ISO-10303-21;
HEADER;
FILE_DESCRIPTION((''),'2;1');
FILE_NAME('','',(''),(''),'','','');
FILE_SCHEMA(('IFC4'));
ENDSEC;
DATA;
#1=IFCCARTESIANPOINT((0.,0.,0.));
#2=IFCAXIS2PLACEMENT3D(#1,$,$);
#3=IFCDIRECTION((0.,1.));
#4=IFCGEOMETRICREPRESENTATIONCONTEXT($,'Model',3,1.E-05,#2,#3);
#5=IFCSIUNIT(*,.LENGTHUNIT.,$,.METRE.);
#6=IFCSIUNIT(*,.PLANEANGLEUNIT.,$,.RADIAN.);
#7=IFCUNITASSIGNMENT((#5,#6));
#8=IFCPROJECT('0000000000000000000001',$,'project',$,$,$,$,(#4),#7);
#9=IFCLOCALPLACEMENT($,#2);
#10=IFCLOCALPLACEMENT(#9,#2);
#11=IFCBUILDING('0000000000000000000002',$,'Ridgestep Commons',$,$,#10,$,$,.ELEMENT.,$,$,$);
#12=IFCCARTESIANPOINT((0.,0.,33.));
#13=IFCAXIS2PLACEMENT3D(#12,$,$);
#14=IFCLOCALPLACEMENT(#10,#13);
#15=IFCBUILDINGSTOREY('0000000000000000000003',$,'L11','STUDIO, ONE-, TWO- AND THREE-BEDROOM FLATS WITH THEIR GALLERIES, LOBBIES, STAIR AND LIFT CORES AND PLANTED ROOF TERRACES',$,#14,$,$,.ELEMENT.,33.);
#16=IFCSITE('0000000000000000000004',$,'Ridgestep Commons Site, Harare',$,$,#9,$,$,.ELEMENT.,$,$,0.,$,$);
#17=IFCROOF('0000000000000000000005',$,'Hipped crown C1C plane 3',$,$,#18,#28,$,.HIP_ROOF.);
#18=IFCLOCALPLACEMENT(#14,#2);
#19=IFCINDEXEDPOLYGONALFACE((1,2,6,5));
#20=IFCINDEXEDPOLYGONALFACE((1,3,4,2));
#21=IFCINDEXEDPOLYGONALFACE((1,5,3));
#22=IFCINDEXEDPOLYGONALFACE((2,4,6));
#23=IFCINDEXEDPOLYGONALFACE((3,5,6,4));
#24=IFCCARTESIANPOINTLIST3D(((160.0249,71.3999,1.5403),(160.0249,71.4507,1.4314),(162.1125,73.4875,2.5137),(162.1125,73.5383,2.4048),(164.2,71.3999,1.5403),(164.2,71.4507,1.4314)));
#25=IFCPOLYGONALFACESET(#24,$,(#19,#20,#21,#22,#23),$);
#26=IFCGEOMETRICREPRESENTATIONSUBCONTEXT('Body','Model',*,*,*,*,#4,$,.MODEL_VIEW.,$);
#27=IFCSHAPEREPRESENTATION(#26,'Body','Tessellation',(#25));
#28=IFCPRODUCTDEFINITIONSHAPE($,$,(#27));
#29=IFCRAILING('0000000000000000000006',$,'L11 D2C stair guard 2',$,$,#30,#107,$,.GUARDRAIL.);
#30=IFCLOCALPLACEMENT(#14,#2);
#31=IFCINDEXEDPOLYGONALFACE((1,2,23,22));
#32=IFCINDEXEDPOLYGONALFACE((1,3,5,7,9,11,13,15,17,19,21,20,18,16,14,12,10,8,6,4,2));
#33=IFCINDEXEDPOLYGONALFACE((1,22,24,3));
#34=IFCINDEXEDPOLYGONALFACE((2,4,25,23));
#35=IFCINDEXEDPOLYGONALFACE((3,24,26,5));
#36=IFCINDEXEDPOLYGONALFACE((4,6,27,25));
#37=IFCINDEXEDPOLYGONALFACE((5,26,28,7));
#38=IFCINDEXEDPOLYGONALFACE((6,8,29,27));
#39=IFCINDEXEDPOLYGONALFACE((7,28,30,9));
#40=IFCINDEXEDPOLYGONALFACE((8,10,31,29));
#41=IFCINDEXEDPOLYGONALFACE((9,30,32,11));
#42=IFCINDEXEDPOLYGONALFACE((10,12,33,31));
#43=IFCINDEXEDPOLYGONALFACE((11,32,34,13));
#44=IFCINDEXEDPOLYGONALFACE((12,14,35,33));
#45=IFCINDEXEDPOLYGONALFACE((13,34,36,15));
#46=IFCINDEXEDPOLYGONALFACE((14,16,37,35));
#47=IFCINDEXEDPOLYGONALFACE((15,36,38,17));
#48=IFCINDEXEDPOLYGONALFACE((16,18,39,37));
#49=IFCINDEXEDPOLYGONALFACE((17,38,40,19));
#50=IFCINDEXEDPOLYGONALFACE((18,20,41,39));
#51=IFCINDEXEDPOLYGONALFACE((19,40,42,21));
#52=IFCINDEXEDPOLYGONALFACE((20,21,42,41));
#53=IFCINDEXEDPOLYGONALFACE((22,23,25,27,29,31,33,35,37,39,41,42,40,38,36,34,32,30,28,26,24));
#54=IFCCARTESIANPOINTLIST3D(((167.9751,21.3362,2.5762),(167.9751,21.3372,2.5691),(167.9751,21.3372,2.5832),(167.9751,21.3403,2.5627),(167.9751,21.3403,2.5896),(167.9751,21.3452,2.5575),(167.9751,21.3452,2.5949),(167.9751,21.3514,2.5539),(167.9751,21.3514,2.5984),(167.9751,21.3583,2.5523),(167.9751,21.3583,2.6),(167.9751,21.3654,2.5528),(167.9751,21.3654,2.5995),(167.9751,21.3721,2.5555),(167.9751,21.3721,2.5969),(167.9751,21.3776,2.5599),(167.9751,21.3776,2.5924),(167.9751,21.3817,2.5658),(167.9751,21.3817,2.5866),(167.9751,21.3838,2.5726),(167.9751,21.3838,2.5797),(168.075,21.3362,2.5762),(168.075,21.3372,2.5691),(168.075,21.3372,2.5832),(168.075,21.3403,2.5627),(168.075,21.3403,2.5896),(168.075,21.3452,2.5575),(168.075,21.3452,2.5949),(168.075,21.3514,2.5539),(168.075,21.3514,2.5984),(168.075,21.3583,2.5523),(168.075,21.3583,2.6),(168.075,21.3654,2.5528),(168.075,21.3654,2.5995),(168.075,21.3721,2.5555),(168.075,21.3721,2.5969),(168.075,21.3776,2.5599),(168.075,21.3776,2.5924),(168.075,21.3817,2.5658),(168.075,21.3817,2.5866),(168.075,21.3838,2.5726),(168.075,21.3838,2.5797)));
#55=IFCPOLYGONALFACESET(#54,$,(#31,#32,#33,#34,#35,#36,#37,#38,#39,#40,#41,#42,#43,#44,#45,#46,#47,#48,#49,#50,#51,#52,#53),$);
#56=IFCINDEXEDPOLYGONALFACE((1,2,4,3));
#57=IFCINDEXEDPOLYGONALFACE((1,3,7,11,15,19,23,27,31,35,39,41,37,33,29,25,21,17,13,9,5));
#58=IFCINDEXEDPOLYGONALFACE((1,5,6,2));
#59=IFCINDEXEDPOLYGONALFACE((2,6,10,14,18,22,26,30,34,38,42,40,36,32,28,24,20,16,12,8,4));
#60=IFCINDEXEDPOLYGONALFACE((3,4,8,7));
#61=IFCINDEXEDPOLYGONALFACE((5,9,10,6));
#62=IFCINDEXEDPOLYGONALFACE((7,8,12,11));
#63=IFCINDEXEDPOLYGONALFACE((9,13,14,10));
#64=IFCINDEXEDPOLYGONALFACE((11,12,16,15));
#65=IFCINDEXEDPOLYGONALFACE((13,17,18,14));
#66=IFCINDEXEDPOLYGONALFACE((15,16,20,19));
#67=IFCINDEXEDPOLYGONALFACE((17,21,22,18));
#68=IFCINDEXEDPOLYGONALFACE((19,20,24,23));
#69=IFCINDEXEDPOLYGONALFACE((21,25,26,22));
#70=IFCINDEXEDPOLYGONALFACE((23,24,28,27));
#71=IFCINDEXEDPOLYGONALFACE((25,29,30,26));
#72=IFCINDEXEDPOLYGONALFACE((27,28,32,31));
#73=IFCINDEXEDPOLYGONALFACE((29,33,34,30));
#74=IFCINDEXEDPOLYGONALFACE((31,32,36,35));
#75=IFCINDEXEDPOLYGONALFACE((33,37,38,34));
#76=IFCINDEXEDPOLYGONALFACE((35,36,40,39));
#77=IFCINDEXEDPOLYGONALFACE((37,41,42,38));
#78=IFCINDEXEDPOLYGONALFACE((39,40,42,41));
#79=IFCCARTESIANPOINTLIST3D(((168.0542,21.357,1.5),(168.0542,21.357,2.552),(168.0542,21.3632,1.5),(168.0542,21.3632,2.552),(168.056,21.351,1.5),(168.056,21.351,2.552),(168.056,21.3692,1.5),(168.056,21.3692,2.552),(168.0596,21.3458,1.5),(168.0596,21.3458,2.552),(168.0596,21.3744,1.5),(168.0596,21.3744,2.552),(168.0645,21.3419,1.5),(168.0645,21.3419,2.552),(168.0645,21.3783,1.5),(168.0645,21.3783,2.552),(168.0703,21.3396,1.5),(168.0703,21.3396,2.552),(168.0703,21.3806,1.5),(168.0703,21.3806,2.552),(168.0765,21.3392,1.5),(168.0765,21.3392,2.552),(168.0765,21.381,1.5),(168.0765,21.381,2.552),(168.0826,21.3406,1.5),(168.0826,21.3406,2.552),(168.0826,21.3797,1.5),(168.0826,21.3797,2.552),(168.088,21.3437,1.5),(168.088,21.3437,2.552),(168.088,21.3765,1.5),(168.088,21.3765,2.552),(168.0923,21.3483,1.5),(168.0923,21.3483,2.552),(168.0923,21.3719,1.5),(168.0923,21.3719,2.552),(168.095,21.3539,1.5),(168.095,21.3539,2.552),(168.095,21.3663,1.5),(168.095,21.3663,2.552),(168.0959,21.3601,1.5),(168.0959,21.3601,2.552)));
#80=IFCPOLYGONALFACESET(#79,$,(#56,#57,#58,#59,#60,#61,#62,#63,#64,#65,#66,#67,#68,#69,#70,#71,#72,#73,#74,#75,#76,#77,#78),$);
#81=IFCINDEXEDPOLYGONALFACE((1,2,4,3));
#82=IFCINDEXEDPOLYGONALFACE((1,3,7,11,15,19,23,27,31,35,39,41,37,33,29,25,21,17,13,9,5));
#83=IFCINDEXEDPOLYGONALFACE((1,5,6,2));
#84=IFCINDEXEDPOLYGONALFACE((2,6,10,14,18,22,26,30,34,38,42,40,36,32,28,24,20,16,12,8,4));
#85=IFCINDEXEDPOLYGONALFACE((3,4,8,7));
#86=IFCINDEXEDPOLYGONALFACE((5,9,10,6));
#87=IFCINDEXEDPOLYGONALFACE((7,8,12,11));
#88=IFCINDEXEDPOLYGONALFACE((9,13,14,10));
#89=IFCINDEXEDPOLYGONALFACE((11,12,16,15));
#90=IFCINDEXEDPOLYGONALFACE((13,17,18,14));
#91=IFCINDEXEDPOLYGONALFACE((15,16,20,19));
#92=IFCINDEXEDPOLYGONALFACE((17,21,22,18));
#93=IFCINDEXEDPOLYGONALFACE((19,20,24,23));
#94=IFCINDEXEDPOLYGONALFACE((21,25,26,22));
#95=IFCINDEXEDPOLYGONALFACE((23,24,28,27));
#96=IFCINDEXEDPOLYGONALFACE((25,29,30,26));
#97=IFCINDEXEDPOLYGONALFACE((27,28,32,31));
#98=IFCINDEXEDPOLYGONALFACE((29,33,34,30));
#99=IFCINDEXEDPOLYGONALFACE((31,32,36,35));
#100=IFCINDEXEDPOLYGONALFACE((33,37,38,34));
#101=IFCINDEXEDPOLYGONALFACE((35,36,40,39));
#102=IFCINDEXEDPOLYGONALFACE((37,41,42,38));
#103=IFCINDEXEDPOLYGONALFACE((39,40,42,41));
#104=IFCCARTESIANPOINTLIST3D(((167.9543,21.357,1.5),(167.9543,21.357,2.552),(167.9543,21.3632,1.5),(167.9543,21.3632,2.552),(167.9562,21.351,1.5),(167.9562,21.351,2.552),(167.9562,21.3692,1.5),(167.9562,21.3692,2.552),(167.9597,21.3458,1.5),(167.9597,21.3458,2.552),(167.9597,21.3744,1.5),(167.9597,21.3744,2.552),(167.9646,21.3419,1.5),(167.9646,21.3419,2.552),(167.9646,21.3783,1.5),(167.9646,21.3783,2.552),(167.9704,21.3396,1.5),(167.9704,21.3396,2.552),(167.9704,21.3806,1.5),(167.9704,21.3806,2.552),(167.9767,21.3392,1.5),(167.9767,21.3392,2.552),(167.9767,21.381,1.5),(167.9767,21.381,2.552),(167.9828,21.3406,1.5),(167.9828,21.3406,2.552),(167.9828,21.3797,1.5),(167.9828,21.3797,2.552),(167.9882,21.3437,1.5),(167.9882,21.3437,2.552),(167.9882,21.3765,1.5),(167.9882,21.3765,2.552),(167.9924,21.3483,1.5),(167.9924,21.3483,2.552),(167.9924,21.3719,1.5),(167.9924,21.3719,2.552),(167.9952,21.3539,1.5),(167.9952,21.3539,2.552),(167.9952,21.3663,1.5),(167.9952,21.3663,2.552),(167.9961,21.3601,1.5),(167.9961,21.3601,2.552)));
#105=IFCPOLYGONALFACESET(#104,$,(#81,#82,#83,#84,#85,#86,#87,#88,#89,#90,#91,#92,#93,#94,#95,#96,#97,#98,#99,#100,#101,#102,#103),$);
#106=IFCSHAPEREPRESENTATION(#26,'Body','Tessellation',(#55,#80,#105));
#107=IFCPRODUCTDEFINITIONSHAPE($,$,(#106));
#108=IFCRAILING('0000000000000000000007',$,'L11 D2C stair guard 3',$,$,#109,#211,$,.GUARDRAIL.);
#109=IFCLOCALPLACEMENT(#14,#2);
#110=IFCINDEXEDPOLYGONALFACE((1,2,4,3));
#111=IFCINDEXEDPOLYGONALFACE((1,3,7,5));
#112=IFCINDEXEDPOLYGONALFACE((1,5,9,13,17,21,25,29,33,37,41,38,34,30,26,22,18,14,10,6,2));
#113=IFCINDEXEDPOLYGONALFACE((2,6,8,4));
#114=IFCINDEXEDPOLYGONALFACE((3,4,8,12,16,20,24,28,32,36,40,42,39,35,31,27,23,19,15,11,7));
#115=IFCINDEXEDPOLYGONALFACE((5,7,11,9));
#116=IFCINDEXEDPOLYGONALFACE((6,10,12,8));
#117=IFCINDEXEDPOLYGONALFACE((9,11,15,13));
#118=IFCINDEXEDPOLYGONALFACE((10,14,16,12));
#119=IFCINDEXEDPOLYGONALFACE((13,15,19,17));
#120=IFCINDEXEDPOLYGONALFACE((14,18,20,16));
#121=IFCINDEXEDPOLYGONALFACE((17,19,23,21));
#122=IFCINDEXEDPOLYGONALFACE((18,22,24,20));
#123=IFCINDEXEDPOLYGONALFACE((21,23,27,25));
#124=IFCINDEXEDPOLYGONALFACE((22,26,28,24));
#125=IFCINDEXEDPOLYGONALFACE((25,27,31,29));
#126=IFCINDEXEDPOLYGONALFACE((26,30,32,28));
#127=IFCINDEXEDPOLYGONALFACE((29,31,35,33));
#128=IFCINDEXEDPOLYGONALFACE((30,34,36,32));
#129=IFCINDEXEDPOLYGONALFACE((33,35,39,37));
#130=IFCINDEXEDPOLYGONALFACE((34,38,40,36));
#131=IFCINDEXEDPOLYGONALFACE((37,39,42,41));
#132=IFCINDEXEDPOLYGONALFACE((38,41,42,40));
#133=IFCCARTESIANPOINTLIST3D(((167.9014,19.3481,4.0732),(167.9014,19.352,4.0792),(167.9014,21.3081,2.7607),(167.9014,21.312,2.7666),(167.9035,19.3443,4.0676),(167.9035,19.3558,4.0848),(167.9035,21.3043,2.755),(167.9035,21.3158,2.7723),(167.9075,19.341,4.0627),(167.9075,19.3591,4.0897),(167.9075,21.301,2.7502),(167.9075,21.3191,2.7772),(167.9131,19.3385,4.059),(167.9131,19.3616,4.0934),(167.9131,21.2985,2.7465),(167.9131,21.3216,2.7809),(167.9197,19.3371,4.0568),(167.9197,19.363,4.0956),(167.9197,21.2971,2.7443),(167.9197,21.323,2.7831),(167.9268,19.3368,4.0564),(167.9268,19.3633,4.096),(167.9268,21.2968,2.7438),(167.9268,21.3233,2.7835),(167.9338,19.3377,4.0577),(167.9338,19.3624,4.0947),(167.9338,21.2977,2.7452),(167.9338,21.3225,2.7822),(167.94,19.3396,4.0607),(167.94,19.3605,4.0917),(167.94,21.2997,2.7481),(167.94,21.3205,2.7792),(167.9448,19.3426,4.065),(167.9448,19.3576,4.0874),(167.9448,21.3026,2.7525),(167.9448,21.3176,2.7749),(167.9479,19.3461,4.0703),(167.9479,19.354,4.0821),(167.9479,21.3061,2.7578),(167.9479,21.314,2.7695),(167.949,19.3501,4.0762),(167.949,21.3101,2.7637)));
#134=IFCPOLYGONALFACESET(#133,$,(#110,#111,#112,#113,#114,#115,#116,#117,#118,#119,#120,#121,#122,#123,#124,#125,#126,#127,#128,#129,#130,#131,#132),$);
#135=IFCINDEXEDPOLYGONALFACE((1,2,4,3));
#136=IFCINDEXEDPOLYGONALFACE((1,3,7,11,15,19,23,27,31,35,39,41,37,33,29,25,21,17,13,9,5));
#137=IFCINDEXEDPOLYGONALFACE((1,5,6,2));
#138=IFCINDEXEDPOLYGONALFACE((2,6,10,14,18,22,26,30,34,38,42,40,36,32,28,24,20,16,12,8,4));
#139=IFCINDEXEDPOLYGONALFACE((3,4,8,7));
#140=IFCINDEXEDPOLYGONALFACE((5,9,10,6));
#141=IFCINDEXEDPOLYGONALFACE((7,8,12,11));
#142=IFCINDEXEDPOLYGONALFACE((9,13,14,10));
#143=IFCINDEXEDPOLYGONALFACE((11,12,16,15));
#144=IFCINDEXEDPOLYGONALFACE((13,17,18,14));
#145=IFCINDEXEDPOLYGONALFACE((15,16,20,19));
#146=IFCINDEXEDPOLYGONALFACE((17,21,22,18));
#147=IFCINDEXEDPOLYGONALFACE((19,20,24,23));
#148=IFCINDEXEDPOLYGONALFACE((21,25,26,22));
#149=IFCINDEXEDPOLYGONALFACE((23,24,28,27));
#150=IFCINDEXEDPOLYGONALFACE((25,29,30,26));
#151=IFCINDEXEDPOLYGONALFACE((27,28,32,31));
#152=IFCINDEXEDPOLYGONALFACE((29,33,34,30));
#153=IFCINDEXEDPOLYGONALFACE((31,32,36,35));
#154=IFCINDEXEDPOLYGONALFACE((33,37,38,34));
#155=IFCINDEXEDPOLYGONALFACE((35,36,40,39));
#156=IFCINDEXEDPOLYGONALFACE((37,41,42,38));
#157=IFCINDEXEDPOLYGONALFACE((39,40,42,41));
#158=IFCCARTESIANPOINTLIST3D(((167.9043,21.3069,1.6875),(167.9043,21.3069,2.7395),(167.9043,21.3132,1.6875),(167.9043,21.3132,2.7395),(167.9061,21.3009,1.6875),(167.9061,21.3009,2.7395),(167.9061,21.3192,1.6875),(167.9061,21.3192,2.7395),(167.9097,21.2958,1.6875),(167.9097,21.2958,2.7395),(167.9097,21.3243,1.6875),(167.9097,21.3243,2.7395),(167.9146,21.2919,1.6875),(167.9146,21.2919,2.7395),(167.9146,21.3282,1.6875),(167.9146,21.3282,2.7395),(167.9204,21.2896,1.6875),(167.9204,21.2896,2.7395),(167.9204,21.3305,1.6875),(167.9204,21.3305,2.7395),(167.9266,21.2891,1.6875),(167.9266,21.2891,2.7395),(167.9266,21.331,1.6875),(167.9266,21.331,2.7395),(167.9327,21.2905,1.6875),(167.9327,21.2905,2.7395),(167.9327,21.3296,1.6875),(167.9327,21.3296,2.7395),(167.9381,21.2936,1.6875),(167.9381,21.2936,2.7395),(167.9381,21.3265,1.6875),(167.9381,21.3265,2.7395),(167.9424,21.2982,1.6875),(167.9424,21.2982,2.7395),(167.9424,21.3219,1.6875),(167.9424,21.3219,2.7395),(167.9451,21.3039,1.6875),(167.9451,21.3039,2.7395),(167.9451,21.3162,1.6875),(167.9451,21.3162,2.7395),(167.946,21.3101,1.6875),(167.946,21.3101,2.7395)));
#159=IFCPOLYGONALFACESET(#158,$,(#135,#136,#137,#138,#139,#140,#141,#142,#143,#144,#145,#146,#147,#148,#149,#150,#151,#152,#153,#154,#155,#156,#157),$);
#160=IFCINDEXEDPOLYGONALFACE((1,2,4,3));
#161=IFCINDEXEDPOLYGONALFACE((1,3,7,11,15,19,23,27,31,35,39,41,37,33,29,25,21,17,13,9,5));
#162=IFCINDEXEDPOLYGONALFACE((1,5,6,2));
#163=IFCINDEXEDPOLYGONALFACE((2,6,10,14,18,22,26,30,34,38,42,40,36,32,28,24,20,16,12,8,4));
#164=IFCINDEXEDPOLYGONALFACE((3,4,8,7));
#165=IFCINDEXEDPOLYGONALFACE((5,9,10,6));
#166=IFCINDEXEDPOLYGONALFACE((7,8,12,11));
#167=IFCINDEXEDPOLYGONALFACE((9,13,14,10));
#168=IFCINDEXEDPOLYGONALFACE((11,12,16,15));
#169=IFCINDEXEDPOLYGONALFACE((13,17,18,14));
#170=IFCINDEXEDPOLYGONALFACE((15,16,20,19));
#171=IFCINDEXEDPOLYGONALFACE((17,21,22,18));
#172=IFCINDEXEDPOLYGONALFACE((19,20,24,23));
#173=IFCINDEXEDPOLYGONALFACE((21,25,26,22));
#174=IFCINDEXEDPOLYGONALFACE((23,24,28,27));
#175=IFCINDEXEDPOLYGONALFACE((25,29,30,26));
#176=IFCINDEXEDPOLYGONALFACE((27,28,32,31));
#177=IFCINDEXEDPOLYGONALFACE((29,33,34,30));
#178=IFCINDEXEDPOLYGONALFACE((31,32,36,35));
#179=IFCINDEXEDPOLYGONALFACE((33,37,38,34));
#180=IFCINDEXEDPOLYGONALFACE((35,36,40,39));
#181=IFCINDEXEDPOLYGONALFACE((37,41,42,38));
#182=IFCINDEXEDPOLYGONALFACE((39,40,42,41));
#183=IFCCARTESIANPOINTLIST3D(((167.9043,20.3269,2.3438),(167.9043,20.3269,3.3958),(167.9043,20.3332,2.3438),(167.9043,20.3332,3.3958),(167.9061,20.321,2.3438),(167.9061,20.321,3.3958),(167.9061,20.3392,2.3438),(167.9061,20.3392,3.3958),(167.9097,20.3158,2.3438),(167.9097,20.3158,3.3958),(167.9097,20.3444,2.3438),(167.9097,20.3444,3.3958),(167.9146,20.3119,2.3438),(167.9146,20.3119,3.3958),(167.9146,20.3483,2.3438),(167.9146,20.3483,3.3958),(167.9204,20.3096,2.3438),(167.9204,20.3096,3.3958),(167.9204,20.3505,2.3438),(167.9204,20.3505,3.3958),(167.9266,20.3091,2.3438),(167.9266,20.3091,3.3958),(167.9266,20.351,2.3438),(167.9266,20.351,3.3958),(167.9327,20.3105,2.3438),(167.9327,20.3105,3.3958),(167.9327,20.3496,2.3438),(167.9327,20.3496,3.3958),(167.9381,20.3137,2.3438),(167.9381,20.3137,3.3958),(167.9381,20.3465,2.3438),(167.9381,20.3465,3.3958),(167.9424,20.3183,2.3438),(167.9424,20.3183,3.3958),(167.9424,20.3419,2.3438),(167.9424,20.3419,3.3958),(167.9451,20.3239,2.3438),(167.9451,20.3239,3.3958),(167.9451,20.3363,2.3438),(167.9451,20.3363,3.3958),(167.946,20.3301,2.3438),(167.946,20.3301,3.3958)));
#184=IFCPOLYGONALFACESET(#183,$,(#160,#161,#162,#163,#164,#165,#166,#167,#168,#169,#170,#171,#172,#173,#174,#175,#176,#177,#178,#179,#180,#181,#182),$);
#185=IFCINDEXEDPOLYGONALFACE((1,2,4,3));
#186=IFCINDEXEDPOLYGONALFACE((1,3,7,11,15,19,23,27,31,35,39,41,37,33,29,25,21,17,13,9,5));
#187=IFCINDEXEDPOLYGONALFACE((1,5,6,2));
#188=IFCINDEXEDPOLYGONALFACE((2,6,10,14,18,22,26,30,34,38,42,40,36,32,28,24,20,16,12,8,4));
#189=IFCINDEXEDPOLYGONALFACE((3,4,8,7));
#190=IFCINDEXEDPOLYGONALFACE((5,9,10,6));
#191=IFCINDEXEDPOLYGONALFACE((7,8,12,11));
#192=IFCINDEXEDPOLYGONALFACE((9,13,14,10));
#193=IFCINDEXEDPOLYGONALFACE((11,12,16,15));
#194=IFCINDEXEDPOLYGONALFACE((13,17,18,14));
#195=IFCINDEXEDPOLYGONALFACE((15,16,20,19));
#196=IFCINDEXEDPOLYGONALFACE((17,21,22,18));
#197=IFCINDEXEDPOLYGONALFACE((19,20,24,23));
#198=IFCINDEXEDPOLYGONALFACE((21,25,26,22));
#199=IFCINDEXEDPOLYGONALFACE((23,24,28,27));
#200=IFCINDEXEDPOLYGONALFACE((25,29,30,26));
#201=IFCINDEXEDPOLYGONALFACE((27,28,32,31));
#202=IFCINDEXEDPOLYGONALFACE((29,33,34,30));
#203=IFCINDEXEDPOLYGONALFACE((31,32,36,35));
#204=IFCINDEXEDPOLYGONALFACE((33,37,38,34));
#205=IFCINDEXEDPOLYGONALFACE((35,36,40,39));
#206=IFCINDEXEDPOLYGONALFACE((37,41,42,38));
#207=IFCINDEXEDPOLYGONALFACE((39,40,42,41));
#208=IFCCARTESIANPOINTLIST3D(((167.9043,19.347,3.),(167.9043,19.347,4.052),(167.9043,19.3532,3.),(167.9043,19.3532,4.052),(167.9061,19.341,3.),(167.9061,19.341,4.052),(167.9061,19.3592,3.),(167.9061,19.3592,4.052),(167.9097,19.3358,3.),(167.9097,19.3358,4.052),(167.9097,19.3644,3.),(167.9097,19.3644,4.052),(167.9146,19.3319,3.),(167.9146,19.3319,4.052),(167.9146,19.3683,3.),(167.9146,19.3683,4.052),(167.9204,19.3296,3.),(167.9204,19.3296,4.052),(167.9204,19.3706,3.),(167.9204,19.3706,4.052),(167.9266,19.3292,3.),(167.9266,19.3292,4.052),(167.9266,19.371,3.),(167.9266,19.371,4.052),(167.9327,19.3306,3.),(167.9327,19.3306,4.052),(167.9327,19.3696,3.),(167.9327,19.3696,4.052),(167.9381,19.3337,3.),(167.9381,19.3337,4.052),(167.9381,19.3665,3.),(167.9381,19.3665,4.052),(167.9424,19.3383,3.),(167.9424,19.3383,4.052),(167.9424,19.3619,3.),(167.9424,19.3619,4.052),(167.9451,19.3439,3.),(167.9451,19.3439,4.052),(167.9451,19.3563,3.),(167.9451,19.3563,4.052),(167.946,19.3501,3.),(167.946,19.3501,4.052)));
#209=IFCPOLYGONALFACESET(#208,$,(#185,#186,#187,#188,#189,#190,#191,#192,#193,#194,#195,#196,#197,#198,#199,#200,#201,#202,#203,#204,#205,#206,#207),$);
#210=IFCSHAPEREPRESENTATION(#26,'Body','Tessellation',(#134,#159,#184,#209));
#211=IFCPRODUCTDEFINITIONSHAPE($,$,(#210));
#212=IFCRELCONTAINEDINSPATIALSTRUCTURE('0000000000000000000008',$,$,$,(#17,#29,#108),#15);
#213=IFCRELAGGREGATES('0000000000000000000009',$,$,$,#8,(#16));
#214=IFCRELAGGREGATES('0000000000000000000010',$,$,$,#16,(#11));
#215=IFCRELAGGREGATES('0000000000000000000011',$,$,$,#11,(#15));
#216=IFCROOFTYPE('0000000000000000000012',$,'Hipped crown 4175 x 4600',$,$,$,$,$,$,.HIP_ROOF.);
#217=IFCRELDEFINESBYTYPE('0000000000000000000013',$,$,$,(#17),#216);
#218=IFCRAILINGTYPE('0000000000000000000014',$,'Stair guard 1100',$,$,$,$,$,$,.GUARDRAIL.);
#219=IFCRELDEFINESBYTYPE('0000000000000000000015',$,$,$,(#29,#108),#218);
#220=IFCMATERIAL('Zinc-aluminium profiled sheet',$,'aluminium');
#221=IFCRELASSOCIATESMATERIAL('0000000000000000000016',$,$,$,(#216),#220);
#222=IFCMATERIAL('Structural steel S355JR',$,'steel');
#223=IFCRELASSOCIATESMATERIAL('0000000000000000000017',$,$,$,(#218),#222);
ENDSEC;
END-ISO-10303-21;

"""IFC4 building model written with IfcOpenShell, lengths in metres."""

from ifc_helpers import new_model, si_unit, direction, frame, origin, origin_2d, place, context, subcontext, project, spatial, polyline, circle, outline, extrude, material, type_object, element, save


model = new_model("IFC4")

# Units and contexts
model_context = context("Model", 3, precision=1e-05, world=origin(), true_north=direction((0.0, 1.0)))
body_context = subcontext(model_context, "Body", "Model", "MODEL_VIEW")
ifc_project = project(units=[si_unit("LENGTHUNIT", "METRE"), si_unit("PLANEANGLEUNIT", "RADIAN")], contexts=[model_context])

# Site, building, storey
site_placement = place(None, origin())
site = spatial("IfcSite", under=ifc_project, at=site_placement, Name="Ridgestep Commons Site, Harare", CompositionType="ELEMENT", RefElevation=0.0)
building_placement = place(site_placement, origin())
building = spatial("IfcBuilding", under=site, at=building_placement, Name="Ridgestep Commons", CompositionType="ELEMENT")
storey_placement = place(building_placement, frame((0.0, 0.0, 33.0)))
storey = spatial("IfcBuildingStorey", under=building, at=storey_placement, Name="L11", Description="STUDIO, ONE-, TWO- AND THREE-BEDROOM FLATS WITH THEIR GALLERIES, LOBBIES, STAIR AND LIFT CORES AND PLANTED ROOF TERRACES", CompositionType="ELEMENT", Elevation=33.0)

# Roof
ifc_material_1 = material(Name="Zinc-aluminium profiled sheet", Category="aluminium")
roof_type = type_object("IfcRoofType", Name="Hipped crown 4175 x 4600", PredefinedType="HIP_ROOF", material=ifc_material_1)
roof_1_placement = place(storey_placement, frame((164.2, 71.3999, 1.5403), z_axis=(0.0, -0.422584, 0.906324), x_axis=(-1.0, 0.0, 0.0)))
element("IfcRoof", 1, at=roof_1_placement, inside=storey, type_object=roof_type, Name="Hipped crown C1C plane 3", PredefinedType="HIP_ROOF", context=body_context, shape_type="SweptSolid", body=[
    extrude(outline(polyline([(0.0, 0.0), (4.175, 0.0), (2.0874, -2.3034), (0.0, 0.0)])), origin(), (0.0, 0.0, -1.0), 0.1201),
])

# Railings
ifc_material_2 = material(Name="Structural steel S355JR", Category="steel")
railing_type_1 = type_object("IfcRailingType", Name="Stair guard 1100", PredefinedType="GUARDRAIL", material=ifc_material_2)
railing_1_placement = place(storey_placement, frame((168.075, 21.3601, 1.5)))
element("IfcRailing", 2, at=railing_1_placement, inside=storey, type_object=railing_type_1, Name="L11 D2C stair guard 2", PredefinedType="GUARDRAIL", context=body_context, shape_type="SweptSolid", body=[
    extrude(circle(Radius=0.0239, at=origin_2d()), frame((0.0, 0.0, 1.0762), z_axis=(-1.0, 0.0, 0.0), x_axis=(0.0, -1.0, 0.0)), (0.0, 0.0, 1.0), 0.0999),
    extrude(circle(Radius=0.021, at=origin_2d()), origin(), (0.0, 0.0, 1.0), 1.052),
    extrude(circle(Radius=0.021, at=origin_2d()), frame((-0.0999, 0.0, 0.0)), (0.0, 0.0, 1.0), 1.052),
])
railing_2_placement = place(storey_placement, frame((167.925, 21.3101, 1.6875)))
element("IfcRailing", 3, at=railing_2_placement, inside=storey, type_object=railing_type_1, Name="L11 D2C stair guard 3", PredefinedType="GUARDRAIL", context=body_context, shape_type="SweptSolid", body=[
    extrude(circle(Radius=0.0239, at=origin_2d()), frame((0.0, 0.0, 1.0762), z_axis=(0.0, -0.830902, 0.556419), x_axis=(1.0, 0.0, 0.0)), (0.0, 0.0, 1.0), 2.3589),
    extrude(circle(Radius=0.021, at=origin_2d()), origin(), (0.0, 0.0, 1.0), 1.052),
    extrude(circle(Radius=0.021, at=origin_2d()), frame((0.0, -0.98, 0.6562)), (0.0, 0.0, 1.0), 1.052),
    extrude(circle(Radius=0.021, at=origin_2d()), frame((0.0, -1.96, 1.3125)), (0.0, 0.0, 1.0), 1.052),
])

save(model, "model.ifc")
